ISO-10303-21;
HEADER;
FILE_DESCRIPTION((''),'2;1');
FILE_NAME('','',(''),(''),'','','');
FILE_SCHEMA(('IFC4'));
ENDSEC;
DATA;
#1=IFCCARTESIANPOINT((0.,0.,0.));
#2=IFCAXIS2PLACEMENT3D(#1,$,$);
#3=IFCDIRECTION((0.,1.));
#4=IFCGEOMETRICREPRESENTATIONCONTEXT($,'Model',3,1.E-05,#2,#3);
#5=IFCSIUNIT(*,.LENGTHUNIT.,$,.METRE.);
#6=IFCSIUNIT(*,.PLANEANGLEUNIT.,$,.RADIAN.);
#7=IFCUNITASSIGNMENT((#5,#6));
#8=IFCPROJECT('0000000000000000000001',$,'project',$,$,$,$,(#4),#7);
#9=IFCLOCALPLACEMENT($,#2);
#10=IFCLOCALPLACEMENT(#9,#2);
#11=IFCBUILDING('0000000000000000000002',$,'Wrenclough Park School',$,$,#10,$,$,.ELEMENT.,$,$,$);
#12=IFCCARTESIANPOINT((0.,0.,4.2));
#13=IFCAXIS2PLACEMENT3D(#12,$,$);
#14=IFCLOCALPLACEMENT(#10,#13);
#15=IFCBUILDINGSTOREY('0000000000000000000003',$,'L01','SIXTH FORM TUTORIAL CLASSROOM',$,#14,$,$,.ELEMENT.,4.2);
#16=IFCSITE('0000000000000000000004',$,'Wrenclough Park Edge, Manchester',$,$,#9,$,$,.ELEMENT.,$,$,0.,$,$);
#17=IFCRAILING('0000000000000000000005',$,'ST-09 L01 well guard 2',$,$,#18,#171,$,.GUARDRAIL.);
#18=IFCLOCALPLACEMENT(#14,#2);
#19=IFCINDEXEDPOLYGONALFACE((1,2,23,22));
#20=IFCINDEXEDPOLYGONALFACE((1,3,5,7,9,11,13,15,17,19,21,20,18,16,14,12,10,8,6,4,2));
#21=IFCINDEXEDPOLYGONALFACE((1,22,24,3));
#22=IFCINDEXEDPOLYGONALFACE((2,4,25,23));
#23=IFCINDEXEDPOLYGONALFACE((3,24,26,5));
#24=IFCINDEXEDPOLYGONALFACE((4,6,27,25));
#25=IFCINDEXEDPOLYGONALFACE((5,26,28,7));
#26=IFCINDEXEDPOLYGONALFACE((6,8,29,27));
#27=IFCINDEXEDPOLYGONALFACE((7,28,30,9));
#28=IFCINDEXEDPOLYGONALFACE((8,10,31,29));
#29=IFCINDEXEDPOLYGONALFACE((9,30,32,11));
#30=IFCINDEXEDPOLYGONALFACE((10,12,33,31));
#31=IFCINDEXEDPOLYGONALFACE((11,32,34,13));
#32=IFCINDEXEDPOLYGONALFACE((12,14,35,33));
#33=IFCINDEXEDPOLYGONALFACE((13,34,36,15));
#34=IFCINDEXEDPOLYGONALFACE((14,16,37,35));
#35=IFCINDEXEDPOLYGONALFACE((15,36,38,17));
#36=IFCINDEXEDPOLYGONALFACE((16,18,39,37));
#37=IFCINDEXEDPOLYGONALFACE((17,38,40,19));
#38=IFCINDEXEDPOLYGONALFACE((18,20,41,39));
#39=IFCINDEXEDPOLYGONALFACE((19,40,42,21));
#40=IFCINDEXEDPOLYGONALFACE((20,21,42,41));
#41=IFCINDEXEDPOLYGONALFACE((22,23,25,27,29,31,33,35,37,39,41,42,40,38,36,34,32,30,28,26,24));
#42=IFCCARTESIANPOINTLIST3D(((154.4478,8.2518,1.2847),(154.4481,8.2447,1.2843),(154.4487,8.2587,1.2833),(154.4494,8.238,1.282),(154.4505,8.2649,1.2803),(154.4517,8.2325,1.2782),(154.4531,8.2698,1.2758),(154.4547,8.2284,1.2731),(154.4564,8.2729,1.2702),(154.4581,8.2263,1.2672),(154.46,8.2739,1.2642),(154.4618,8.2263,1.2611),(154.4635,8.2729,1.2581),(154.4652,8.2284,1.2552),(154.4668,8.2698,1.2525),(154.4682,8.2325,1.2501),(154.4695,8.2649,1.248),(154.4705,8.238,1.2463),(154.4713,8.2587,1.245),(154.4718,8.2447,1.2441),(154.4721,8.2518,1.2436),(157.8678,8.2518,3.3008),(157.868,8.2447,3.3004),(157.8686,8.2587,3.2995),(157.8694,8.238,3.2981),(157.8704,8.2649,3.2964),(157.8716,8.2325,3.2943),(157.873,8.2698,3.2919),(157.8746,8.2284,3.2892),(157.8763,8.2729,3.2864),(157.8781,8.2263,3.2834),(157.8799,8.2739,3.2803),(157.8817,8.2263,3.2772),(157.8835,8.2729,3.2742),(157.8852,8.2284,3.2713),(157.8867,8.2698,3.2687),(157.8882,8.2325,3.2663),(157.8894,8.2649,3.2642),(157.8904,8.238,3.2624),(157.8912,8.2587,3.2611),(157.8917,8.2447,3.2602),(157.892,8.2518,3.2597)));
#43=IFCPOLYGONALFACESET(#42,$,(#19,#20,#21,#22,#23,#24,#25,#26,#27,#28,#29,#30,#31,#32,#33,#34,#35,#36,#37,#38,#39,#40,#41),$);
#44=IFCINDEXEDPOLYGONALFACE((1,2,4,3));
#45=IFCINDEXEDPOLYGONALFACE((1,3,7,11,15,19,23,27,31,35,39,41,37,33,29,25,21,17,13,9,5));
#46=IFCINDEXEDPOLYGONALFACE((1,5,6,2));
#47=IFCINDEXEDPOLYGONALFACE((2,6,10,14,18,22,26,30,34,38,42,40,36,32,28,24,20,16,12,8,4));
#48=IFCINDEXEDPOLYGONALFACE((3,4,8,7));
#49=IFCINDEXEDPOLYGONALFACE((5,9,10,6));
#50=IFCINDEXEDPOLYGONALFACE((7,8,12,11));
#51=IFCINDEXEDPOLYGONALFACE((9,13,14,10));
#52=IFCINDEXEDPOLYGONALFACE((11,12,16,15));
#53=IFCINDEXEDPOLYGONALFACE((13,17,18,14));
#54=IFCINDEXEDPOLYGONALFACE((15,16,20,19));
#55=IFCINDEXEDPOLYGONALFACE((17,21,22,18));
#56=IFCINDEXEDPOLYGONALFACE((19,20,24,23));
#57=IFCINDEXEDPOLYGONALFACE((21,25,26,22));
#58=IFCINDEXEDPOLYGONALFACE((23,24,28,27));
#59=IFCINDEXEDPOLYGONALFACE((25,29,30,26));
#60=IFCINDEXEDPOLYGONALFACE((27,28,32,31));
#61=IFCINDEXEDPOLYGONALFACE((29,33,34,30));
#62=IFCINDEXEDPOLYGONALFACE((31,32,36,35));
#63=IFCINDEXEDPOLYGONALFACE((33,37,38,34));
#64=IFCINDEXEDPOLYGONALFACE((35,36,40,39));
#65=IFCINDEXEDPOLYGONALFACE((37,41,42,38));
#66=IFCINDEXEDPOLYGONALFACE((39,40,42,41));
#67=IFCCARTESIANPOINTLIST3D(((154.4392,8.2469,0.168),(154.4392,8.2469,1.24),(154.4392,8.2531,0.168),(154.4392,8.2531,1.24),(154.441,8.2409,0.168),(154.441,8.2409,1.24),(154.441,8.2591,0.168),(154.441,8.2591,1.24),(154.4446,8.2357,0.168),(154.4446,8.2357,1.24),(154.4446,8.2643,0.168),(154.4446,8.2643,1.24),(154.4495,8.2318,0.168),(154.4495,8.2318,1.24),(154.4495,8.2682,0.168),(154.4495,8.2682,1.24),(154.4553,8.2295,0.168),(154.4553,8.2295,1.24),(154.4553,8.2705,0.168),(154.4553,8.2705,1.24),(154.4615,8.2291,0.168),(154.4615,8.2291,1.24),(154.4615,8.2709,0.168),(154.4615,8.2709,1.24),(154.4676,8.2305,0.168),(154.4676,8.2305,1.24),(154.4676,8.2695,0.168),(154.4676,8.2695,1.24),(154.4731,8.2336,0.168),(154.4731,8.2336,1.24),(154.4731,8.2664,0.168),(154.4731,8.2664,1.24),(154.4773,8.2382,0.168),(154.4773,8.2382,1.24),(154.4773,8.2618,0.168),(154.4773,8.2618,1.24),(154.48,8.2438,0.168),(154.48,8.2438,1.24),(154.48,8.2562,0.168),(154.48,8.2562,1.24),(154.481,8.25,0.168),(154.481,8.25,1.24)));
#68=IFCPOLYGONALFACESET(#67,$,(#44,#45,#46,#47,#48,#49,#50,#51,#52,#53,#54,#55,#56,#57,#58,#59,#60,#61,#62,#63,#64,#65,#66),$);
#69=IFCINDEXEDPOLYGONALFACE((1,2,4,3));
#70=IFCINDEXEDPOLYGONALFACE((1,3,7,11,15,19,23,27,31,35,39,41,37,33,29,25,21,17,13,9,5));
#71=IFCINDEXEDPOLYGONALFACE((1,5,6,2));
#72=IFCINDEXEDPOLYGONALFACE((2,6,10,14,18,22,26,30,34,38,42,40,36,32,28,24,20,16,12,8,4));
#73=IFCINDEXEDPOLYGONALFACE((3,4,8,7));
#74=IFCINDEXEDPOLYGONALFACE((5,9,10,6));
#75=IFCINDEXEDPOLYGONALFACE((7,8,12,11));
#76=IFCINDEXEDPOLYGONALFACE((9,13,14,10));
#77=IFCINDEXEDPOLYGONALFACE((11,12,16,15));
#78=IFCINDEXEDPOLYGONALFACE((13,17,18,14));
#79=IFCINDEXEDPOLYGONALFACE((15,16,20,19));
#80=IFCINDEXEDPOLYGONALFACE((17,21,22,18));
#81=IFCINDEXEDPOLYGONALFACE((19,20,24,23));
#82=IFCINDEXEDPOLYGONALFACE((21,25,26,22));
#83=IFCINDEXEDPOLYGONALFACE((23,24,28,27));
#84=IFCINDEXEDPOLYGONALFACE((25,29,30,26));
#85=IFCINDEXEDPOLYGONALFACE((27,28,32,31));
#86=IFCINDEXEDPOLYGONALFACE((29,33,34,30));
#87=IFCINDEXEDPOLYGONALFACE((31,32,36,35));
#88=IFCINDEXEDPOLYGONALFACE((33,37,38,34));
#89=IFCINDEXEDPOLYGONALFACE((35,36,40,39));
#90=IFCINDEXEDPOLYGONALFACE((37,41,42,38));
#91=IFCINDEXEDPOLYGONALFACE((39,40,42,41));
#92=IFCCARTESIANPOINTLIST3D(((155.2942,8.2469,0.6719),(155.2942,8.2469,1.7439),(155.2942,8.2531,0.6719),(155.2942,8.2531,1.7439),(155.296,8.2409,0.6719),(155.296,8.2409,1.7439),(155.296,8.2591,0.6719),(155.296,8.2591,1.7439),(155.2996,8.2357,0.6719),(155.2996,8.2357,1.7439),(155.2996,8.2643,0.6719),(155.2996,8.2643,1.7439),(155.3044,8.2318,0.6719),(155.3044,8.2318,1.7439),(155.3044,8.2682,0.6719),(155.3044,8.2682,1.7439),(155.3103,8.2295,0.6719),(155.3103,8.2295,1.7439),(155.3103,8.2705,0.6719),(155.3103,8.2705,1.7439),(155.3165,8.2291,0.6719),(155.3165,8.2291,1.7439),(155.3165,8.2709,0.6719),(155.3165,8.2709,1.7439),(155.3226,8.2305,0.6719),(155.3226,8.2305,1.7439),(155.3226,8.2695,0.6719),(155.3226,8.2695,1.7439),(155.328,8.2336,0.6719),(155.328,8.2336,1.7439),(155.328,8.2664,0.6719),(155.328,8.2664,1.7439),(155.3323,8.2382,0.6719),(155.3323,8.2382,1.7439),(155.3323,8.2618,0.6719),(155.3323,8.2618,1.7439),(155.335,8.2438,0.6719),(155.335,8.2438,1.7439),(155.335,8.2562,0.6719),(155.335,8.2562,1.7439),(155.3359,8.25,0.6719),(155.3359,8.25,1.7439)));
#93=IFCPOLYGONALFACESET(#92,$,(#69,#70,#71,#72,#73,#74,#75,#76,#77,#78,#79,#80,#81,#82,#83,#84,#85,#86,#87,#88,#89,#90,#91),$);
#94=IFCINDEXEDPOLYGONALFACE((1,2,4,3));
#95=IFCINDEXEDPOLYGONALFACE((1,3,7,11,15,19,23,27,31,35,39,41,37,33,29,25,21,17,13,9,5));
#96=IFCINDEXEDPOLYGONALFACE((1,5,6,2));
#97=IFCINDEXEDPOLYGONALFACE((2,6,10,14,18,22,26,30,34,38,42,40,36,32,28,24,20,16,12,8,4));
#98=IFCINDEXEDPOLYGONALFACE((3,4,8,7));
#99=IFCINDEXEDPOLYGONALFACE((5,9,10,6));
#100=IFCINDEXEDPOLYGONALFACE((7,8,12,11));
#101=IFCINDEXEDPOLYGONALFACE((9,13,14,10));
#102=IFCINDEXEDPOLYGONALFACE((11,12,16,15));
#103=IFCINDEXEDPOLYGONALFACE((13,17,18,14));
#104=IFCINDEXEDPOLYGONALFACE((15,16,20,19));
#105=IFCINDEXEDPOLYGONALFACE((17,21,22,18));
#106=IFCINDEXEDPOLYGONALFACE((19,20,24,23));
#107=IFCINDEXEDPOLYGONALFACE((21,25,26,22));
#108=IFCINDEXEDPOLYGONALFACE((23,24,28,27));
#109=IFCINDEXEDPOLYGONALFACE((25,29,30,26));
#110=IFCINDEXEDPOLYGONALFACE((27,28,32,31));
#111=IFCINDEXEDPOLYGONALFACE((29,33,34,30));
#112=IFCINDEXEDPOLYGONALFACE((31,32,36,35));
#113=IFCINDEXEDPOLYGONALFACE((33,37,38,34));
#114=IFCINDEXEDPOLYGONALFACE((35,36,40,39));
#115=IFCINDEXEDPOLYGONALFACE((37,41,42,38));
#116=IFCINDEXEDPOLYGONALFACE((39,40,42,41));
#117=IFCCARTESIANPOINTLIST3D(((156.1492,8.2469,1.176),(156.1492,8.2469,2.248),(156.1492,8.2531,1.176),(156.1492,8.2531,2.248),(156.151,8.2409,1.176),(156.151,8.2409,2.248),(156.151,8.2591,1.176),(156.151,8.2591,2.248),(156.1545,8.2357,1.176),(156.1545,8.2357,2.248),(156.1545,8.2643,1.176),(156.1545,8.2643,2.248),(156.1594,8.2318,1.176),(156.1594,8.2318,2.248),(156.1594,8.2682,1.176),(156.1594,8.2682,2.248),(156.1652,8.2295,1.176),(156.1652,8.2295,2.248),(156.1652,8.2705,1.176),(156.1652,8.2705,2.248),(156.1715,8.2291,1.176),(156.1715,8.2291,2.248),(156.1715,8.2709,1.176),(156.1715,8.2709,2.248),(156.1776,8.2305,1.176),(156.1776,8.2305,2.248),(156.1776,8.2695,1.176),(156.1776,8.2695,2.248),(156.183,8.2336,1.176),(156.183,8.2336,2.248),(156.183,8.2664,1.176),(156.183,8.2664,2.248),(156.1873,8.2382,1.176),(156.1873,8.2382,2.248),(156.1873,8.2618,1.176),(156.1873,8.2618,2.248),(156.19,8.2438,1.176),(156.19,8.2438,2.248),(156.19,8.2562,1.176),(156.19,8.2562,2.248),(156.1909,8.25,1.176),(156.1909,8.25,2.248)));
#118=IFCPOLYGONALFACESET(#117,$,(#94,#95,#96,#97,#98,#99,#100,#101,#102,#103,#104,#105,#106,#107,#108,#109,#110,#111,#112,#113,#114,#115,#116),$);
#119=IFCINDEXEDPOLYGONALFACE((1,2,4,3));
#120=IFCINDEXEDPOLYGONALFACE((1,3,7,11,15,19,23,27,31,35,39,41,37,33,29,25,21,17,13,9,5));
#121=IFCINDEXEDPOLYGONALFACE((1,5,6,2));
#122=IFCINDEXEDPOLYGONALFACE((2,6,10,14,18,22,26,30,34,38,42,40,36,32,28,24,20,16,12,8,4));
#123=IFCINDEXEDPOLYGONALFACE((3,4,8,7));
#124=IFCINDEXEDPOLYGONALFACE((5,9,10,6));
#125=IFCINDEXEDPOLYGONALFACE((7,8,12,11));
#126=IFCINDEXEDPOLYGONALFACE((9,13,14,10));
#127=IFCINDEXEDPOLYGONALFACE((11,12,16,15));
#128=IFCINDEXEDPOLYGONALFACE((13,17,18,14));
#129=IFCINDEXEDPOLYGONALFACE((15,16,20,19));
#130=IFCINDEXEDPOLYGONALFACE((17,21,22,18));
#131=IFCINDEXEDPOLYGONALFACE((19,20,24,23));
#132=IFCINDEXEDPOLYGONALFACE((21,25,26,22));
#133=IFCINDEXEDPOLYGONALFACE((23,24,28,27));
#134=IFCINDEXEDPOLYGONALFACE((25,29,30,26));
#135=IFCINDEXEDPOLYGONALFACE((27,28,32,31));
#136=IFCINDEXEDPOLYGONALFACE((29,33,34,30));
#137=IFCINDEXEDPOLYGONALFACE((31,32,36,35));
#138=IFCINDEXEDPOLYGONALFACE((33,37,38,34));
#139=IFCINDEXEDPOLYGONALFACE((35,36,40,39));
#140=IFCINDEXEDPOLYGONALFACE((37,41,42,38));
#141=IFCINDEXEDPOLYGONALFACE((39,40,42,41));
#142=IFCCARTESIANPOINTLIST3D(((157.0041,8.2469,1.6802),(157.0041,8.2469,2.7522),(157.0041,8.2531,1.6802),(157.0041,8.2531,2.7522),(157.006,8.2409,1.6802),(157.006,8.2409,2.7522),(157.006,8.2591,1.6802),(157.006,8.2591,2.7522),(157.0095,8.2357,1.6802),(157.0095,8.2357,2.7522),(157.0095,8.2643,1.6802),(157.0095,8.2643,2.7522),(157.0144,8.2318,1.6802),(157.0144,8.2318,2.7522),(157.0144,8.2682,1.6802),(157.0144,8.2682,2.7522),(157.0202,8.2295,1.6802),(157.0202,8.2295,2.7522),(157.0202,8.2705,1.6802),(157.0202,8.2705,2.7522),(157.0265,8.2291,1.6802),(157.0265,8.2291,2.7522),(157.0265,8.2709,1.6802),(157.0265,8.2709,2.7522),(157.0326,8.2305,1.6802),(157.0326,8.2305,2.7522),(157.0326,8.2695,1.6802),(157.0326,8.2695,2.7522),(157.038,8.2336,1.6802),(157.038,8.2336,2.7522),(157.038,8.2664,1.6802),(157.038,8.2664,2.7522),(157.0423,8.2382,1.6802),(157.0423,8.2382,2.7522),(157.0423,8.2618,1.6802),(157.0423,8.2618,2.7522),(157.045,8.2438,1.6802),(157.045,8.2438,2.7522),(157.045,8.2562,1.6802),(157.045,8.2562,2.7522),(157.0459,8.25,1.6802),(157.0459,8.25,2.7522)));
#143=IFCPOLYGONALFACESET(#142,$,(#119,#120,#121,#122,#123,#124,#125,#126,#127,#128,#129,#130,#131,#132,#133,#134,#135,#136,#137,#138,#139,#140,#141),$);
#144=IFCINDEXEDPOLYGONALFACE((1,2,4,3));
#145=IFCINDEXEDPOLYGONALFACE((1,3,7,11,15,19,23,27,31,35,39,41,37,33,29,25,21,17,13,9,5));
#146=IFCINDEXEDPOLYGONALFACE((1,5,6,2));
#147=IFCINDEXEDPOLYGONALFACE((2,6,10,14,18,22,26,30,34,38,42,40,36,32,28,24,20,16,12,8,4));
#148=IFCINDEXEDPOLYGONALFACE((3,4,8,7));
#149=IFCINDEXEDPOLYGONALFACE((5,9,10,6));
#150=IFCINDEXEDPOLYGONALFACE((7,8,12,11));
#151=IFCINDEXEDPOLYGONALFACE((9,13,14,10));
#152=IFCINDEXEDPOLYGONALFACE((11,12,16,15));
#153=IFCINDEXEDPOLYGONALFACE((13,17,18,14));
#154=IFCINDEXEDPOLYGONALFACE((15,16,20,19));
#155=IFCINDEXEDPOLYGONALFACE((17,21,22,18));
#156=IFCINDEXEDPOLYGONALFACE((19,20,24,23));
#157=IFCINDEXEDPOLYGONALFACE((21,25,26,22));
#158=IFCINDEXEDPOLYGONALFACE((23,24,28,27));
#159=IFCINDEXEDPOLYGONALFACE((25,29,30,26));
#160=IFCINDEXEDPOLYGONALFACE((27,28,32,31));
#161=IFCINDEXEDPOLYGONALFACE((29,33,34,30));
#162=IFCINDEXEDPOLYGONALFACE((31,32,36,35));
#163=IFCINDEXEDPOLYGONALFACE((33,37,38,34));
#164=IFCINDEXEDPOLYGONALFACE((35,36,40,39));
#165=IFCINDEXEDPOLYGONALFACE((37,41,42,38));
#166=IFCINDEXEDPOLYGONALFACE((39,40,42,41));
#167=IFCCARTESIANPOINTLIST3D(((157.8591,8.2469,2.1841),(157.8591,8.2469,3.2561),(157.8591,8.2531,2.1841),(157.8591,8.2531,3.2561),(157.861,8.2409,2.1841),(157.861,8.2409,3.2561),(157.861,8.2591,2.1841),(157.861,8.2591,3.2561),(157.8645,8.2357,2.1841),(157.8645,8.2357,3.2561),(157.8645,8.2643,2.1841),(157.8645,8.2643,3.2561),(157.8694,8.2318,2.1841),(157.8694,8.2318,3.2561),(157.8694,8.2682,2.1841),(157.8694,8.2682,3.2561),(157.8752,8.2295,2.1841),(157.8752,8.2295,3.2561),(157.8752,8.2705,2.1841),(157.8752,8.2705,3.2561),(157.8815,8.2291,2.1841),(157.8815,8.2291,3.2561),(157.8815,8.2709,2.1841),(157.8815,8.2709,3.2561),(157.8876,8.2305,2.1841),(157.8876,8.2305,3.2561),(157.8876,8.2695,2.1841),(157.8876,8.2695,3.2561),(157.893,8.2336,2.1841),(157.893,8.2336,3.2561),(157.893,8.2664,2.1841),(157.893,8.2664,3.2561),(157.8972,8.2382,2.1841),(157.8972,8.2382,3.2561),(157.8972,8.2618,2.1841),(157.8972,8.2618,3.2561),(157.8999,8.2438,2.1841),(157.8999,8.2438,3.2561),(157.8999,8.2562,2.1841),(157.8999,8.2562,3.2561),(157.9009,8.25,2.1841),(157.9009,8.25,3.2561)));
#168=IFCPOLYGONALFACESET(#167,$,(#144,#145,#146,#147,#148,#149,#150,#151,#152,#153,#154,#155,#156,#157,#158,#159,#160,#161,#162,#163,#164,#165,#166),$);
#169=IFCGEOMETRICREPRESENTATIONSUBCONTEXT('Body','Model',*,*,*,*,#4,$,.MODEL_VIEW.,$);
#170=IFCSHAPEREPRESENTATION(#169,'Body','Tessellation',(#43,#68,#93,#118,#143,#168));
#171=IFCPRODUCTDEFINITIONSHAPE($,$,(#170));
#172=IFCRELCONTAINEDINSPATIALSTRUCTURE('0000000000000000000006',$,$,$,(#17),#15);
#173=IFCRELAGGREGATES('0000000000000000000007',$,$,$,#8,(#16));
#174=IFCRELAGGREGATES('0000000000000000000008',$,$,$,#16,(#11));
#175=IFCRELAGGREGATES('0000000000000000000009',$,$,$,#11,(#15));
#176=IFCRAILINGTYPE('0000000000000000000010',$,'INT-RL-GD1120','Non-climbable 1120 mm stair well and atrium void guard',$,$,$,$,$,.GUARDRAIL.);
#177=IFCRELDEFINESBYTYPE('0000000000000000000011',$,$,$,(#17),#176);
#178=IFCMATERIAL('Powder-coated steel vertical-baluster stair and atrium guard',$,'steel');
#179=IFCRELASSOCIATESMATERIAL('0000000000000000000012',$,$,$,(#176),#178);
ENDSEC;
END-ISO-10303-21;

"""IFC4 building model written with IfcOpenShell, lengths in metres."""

from ifc_helpers import new_model, si_unit, direction, frame, origin, origin_2d, place, context, subcontext, project, spatial, circle, extrude, material, type_object, element, save


model = new_model("IFC4")

# Units and contexts
model_context = context("Model", 3, precision=1e-05, world=origin(), true_north=direction((0.0, 1.0)))
body_context = subcontext(model_context, "Body", "Model", "MODEL_VIEW")
ifc_project = project(units=[si_unit("LENGTHUNIT", "METRE"), si_unit("PLANEANGLEUNIT", "RADIAN")], contexts=[model_context])

# Site, building, storey
site_placement = place(None, origin())
site = spatial("IfcSite", under=ifc_project, at=site_placement, Name="Wrenclough Park Edge, Manchester", CompositionType="ELEMENT", RefElevation=0.0)
building_placement = place(site_placement, origin())
building = spatial("IfcBuilding", under=site, at=building_placement, Name="Wrenclough Park School", CompositionType="ELEMENT")
storey_placement = place(building_placement, frame((0.0, 0.0, 4.2)))
storey = spatial("IfcBuildingStorey", under=building, at=storey_placement, Name="L01", Description="SIXTH FORM TUTORIAL CLASSROOM", CompositionType="ELEMENT", Elevation=4.2)

# Railing
ifc_material_1 = material(Name="Powder-coated steel vertical-baluster stair and atrium guard", Category="steel")
railing_type_1 = type_object("IfcRailingType", Name="INT-RL-GD1120", Description="Non-climbable 1120 mm stair well and atrium void guard", PredefinedType="GUARDRAIL", material=ifc_material_1)
railing_1_placement = place(storey_placement, frame((154.46, 8.25, 0.168)))
element("IfcRailing", 1, at=railing_1_placement, inside=storey, type_object=railing_type_1, Name="ST-09 L01 well guard 2", PredefinedType="GUARDRAIL", context=body_context, shape_type="SweptSolid", body=[
    extrude(circle(Radius=0.0239, at=origin_2d()), frame((0.0, 0.0, 1.0962), z_axis=(0.86145, 0.0, 0.507842), x_axis=(0.0, 1.0, 0.0)), (0.0, 0.0, 1.0), 3.97),
    extrude(circle(Radius=0.021, at=origin_2d()), origin(), (0.0, 0.0, 1.0), 1.072),
    extrude(circle(Radius=0.021, at=origin_2d()), frame((0.855, 0.0, 0.5039)), (0.0, 0.0, 1.0), 1.072),
    extrude(circle(Radius=0.021, at=origin_2d()), frame((1.71, 0.0, 1.0081)), (0.0, 0.0, 1.0), 1.072),
    extrude(circle(Radius=0.021, at=origin_2d()), frame((2.5649, 0.0, 1.5122)), (0.0, 0.0, 1.0), 1.072),
    extrude(circle(Radius=0.021, at=origin_2d()), frame((3.4199, 0.0, 2.0161)), (0.0, 0.0, 1.0), 1.072),
])

save(model, "model.ifc")
